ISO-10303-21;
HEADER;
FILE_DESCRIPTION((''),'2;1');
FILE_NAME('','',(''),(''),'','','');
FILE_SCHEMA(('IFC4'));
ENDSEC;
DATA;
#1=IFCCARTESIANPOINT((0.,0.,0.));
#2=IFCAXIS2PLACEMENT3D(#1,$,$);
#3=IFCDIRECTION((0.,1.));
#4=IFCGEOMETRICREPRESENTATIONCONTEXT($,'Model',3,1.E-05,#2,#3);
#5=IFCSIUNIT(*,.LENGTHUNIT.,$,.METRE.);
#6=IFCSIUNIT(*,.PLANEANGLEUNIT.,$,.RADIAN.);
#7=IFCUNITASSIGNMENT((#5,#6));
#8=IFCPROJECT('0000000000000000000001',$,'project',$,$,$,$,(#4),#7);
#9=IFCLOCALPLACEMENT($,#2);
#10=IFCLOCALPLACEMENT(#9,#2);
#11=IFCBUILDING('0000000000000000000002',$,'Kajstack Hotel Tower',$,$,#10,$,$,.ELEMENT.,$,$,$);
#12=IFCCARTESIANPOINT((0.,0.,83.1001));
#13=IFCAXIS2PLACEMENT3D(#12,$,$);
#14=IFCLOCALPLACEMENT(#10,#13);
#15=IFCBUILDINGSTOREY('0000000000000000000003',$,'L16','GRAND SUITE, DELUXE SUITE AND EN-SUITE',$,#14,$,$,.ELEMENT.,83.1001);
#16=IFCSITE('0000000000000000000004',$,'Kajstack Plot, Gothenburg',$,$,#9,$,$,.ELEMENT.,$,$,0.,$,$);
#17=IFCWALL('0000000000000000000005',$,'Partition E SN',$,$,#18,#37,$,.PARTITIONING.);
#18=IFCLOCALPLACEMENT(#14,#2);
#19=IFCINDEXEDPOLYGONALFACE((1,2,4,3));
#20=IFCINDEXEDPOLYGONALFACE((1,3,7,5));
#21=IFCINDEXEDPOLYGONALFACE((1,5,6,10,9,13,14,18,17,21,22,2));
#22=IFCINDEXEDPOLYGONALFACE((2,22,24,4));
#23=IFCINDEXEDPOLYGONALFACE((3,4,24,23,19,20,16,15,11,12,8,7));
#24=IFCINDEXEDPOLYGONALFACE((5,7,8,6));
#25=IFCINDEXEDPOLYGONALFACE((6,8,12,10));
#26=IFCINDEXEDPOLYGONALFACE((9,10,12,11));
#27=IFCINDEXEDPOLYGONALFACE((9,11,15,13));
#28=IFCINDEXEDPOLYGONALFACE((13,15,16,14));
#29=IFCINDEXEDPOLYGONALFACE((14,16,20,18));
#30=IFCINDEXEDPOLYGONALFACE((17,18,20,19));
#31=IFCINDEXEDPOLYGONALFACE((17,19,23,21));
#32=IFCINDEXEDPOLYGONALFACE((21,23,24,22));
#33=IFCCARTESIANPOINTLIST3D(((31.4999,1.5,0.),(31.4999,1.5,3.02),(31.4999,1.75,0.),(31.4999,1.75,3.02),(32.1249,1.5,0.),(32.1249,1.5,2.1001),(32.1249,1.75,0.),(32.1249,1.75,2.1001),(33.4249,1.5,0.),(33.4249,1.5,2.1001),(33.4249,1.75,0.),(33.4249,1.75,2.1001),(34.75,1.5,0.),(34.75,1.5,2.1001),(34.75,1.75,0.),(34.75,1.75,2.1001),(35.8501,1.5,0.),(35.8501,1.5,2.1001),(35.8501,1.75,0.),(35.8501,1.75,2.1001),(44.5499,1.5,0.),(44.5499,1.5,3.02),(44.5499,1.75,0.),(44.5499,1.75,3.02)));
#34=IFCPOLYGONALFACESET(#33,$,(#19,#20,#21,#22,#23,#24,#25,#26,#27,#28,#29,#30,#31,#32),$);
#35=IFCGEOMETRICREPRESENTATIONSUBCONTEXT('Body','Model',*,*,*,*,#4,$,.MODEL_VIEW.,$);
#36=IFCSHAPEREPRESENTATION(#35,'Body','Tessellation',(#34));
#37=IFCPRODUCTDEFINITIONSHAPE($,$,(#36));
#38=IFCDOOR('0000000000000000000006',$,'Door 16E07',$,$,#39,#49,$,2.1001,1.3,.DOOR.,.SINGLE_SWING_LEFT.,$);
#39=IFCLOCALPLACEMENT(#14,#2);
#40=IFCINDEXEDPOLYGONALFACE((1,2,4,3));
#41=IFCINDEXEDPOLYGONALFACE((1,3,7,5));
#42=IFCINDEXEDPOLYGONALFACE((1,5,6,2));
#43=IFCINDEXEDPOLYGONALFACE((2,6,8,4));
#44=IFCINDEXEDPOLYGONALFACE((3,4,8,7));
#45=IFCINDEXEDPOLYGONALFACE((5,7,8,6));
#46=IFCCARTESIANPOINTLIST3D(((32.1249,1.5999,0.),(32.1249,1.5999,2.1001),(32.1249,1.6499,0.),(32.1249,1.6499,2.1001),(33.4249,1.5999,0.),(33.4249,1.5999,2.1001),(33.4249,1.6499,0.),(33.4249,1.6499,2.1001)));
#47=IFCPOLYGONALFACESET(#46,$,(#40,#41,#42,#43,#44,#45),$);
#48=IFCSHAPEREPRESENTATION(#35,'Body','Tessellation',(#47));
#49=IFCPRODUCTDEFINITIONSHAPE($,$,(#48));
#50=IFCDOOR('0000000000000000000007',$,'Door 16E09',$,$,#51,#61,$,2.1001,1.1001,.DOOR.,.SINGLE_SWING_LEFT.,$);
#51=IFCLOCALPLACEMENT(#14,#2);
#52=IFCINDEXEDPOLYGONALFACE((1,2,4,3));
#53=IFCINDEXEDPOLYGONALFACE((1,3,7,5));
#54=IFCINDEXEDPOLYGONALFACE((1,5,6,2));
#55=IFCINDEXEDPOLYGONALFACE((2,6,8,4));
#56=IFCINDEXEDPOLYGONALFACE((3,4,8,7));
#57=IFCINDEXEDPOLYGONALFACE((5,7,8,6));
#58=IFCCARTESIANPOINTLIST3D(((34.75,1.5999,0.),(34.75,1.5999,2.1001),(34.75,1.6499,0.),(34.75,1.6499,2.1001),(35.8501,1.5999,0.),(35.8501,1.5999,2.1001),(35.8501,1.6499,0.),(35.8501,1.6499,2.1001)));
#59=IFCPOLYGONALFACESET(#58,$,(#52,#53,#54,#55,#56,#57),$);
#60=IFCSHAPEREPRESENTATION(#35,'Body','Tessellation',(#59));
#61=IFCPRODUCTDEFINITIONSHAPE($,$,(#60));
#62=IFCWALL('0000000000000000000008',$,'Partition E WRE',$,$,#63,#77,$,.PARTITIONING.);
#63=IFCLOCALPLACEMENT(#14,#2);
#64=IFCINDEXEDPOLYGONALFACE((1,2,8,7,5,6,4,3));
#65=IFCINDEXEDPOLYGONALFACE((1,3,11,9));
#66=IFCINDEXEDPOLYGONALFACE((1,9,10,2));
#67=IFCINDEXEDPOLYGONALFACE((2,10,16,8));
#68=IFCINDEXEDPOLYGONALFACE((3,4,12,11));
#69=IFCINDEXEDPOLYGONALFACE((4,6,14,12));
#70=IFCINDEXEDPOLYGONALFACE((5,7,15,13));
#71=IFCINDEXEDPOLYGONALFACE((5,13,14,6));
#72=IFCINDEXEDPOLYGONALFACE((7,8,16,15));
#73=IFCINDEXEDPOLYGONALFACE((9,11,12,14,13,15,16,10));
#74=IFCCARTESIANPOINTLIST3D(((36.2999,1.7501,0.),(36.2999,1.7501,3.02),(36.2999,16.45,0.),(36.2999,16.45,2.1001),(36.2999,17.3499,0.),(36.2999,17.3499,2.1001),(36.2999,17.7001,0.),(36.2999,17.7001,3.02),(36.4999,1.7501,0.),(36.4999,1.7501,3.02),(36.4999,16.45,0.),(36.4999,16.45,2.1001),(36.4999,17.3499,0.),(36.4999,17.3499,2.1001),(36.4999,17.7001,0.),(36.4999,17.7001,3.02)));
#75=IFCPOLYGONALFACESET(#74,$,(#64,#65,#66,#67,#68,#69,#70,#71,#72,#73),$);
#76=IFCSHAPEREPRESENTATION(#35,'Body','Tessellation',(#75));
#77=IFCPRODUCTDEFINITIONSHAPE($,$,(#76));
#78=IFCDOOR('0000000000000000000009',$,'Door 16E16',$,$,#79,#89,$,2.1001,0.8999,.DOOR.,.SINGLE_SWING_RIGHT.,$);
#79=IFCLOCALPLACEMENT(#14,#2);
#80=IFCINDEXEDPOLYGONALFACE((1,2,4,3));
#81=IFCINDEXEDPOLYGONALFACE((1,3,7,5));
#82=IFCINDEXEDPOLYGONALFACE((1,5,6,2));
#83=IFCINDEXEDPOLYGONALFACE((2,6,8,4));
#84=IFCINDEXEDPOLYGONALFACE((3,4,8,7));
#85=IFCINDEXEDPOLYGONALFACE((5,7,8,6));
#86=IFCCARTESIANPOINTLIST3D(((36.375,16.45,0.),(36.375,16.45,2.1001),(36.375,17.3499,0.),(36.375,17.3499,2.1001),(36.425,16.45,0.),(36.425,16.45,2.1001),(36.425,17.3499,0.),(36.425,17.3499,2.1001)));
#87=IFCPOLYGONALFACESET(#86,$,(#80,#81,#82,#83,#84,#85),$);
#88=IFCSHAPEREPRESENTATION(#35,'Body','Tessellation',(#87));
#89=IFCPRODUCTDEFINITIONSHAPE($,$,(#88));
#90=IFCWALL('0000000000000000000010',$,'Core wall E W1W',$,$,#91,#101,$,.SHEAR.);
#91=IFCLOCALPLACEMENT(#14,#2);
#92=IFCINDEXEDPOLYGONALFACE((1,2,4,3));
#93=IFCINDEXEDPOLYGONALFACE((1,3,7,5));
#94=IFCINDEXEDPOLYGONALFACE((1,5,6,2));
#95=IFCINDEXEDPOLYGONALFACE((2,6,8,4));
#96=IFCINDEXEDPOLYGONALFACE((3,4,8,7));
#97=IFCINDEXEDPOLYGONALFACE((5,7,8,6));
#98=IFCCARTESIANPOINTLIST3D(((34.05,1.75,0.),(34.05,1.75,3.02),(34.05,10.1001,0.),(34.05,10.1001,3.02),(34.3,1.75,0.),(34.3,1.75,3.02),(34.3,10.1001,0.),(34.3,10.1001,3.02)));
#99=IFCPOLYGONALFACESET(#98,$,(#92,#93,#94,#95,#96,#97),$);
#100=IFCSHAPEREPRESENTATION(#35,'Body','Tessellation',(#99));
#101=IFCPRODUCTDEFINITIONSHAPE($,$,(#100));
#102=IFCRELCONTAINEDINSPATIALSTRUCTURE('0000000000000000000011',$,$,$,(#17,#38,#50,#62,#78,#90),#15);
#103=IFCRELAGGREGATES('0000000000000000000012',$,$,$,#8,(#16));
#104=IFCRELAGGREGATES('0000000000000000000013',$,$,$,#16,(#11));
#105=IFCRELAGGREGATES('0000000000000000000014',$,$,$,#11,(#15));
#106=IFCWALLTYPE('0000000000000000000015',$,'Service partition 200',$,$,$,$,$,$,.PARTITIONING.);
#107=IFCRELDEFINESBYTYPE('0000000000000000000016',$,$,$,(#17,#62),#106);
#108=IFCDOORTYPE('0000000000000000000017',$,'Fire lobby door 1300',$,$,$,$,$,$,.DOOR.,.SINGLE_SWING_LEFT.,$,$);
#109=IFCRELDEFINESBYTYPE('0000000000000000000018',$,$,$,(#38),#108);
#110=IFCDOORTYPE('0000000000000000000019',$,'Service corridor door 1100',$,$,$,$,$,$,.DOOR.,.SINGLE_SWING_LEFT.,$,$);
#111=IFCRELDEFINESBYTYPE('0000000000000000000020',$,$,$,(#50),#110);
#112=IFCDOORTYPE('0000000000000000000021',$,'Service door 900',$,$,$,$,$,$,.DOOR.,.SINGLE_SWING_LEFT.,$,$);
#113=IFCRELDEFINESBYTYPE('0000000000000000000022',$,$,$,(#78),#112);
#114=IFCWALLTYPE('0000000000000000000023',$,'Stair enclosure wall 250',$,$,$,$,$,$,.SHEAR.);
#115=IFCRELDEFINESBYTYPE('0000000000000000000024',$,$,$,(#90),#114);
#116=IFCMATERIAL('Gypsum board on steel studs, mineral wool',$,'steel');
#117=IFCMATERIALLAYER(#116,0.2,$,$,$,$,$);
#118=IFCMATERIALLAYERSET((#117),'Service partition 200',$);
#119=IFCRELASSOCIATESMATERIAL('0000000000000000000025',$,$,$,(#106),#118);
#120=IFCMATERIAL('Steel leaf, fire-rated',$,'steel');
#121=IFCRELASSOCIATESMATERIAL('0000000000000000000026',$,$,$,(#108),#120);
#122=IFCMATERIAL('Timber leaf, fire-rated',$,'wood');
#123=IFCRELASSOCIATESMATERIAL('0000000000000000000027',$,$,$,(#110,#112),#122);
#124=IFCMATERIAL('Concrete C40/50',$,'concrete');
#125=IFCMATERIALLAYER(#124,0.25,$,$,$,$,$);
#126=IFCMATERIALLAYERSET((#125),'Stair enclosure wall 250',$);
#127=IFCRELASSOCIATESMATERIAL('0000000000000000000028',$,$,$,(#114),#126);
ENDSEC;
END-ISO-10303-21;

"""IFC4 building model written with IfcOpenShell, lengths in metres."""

from ifc_helpers import new_model, si_unit, direction, frame, frame_2d, origin, place, context, subcontext, project, spatial, rectangle, extrude, material, layer, layer_set, type_object, element, fill, save


model = new_model("IFC4")

# Units and contexts
model_context = context("Model", 3, precision=1e-05, world=origin(), true_north=direction((0.0, 1.0)))
body_context = subcontext(model_context, "Body", "Model", "MODEL_VIEW")
ifc_project = project(units=[si_unit("LENGTHUNIT", "METRE"), si_unit("PLANEANGLEUNIT", "RADIAN")], contexts=[model_context])

# Site, building, storey
site_placement = place(None, origin())
site = spatial("IfcSite", under=ifc_project, at=site_placement, Name="Kajstack Plot, Gothenburg", CompositionType="ELEMENT", RefElevation=0.0)
building_placement = place(site_placement, origin())
building = spatial("IfcBuilding", under=site, at=building_placement, Name="Kajstack Hotel Tower", CompositionType="ELEMENT")
storey_placement = place(building_placement, frame((0.0, 0.0, 83.1001)))
storey = spatial("IfcBuildingStorey", under=building, at=storey_placement, Name="L16", Description="GRAND SUITE, DELUXE SUITE AND EN-SUITE", CompositionType="ELEMENT", Elevation=83.1001)

# Wall, openings, doors
ifc_material_1 = material(Name="Gypsum board on steel studs, mineral wool", Category="steel")
ifc_layer_1 = layer(ifc_material_1, 0.2)
ifc_layer_set_1 = layer_set([ifc_layer_1], Name="Service partition 200")
wall_type_1 = type_object("IfcWallType", Name="Service partition 200", PredefinedType="PARTITIONING", material=ifc_layer_set_1)
wall_1_placement = place(storey_placement, frame((31.5, 1.625, 0.0), z_axis=(0.0, 0.0, 1.0), x_axis=(1.0, 0.0, 0.0)))
wall_1 = element("IfcWall", 1, at=wall_1_placement, inside=storey, type_object=wall_type_1, Name="Partition E SN", PredefinedType="PARTITIONING", context=body_context, shape_type="SweptSolid", body=[
    extrude(rectangle(XDim=13.05, YDim=0.25, at=frame_2d((6.5249, 0.0))), origin(), (0.0, 0.0, 1.0), 3.02),
])
opening_1_placement = place(wall_1_placement, frame((0.625, 0.0, 0.0)))
opening_1 = element("IfcOpeningElement", 2, at=opening_1_placement, cuts=wall_1, PredefinedType="OPENING", context=body_context, shape_type="SweptSolid", body=[
    extrude(rectangle(XDim=1.3, YDim=2.1001, at=frame_2d((0.6499, 1.05))), frame((0.0, 0.135, 0.0), z_axis=(0.0, -1.0, 0.0), x_axis=(1.0, 0.0, 0.0)), (0.0, 0.0, 1.0), 0.27),
])
opening_2_placement = place(wall_1_placement, frame((3.25, 0.0, 0.0)))
opening_2 = element("IfcOpeningElement", 3, at=opening_2_placement, cuts=wall_1, PredefinedType="OPENING", context=body_context, shape_type="SweptSolid", body=[
    extrude(rectangle(XDim=1.1001, YDim=2.1001, at=frame_2d((0.55, 1.05))), frame((0.0, 0.135, 0.0), z_axis=(0.0, -1.0, 0.0), x_axis=(1.0, 0.0, 0.0)), (0.0, 0.0, 1.0), 0.27),
])
ifc_material_2 = material(Name="Steel leaf, fire-rated", Category="steel")
door_type_1 = type_object("IfcDoorType", Name="Fire lobby door 1300", OperationType="SINGLE_SWING_LEFT", PredefinedType="DOOR", material=ifc_material_2)
door_1_placement = place(opening_1_placement, origin())
door_1 = element("IfcDoor", 4, at=door_1_placement, inside=storey, type_object=door_type_1, Name="Door 16E07", OperationType="SINGLE_SWING_LEFT", OverallHeight=2.1001, OverallWidth=1.3, PredefinedType="DOOR", context=body_context, shape_type="SweptSolid", body=[
    extrude(rectangle(XDim=1.3, YDim=2.1001, at=frame_2d((0.6499, 1.05))), frame((0.0, 0.0249, 0.0), z_axis=(0.0, -1.0, 0.0), x_axis=(1.0, 0.0, 0.0)), (0.0, 0.0, 1.0), 0.05),
])
fill(opening_1, door_1)
ifc_material_3 = material(Name="Timber leaf, fire-rated", Category="wood")
door_type_2 = type_object("IfcDoorType", Name="Service corridor door 1100", OperationType="SINGLE_SWING_LEFT", PredefinedType="DOOR", material=ifc_material_3)
door_2_placement = place(opening_2_placement, origin())
door_2 = element("IfcDoor", 5, at=door_2_placement, inside=storey, type_object=door_type_2, Name="Door 16E09", OperationType="SINGLE_SWING_LEFT", OverallHeight=2.1001, OverallWidth=1.1001, PredefinedType="DOOR", context=body_context, shape_type="SweptSolid", body=[
    extrude(rectangle(XDim=1.1001, YDim=2.1001, at=frame_2d((0.55, 1.05))), frame((0.0, 0.0249, 0.0), z_axis=(0.0, -1.0, 0.0), x_axis=(1.0, 0.0, 0.0)), (0.0, 0.0, 1.0), 0.05),
])
fill(opening_2, door_2)

# Wall, opening, door
wall_2_placement = place(storey_placement, frame((36.3999, 1.75, 0.0), z_axis=(0.0, 0.0, 1.0), x_axis=(0.0, 1.0, 0.0)))
wall_2 = element("IfcWall", 6, at=wall_2_placement, inside=storey, type_object=wall_type_1, Name="Partition E WRE", PredefinedType="PARTITIONING", context=body_context, shape_type="SweptSolid", body=[
    extrude(rectangle(XDim=15.95, YDim=0.2, at=frame_2d((7.9751, 0.0))), origin(), (0.0, 0.0, 1.0), 3.02),
])
opening_3_placement = place(wall_2_placement, frame((14.7, 0.0, 0.0)))
opening_3 = element("IfcOpeningElement", 7, at=opening_3_placement, cuts=wall_2, PredefinedType="OPENING", context=body_context, shape_type="SweptSolid", body=[
    extrude(rectangle(XDim=0.8999, YDim=2.1001, at=frame_2d((0.45, 1.05))), frame((0.0, 0.1099, 0.0), z_axis=(0.0, -1.0, 0.0), x_axis=(1.0, 0.0, 0.0)), (0.0, 0.0, 1.0), 0.22),
])
door_type_3 = type_object("IfcDoorType", Name="Service door 900", OperationType="SINGLE_SWING_LEFT", PredefinedType="DOOR", material=ifc_material_3)
door_3_placement = place(opening_3_placement, origin())
door_3 = element("IfcDoor", 8, at=door_3_placement, inside=storey, type_object=door_type_3, Name="Door 16E16", OperationType="SINGLE_SWING_RIGHT", OverallHeight=2.1001, OverallWidth=0.8999, PredefinedType="DOOR", context=body_context, shape_type="SweptSolid", body=[
    extrude(rectangle(XDim=0.8999, YDim=2.1001, at=frame_2d((0.45, 1.05))), frame((0.0, 0.0249, 0.0), z_axis=(0.0, -1.0, 0.0), x_axis=(1.0, 0.0, 0.0)), (0.0, 0.0, 1.0), 0.05),
])
fill(opening_3, door_3)

# Wall
ifc_material_4 = material(Name="Concrete C40/50", Category="concrete")
ifc_layer_2 = layer(ifc_material_4, 0.25)
ifc_layer_set_2 = layer_set([ifc_layer_2], Name="Stair enclosure wall 250")
wall_type_2 = type_object("IfcWallType", Name="Stair enclosure wall 250", PredefinedType="SHEAR", material=ifc_layer_set_2)
wall_3_placement = place(storey_placement, frame((34.175, 1.75, 0.0), z_axis=(0.0, 0.0, 1.0), x_axis=(0.0, 1.0, 0.0)))
element("IfcWall", 9, at=wall_3_placement, inside=storey, type_object=wall_type_2, Name="Core wall E W1W", PredefinedType="SHEAR", context=body_context, shape_type="SweptSolid", body=[
    extrude(rectangle(XDim=8.3501, YDim=0.25, at=frame_2d((4.175, 0.0))), origin(), (0.0, 0.0, 1.0), 3.02),
])

save(model, "model.ifc")
